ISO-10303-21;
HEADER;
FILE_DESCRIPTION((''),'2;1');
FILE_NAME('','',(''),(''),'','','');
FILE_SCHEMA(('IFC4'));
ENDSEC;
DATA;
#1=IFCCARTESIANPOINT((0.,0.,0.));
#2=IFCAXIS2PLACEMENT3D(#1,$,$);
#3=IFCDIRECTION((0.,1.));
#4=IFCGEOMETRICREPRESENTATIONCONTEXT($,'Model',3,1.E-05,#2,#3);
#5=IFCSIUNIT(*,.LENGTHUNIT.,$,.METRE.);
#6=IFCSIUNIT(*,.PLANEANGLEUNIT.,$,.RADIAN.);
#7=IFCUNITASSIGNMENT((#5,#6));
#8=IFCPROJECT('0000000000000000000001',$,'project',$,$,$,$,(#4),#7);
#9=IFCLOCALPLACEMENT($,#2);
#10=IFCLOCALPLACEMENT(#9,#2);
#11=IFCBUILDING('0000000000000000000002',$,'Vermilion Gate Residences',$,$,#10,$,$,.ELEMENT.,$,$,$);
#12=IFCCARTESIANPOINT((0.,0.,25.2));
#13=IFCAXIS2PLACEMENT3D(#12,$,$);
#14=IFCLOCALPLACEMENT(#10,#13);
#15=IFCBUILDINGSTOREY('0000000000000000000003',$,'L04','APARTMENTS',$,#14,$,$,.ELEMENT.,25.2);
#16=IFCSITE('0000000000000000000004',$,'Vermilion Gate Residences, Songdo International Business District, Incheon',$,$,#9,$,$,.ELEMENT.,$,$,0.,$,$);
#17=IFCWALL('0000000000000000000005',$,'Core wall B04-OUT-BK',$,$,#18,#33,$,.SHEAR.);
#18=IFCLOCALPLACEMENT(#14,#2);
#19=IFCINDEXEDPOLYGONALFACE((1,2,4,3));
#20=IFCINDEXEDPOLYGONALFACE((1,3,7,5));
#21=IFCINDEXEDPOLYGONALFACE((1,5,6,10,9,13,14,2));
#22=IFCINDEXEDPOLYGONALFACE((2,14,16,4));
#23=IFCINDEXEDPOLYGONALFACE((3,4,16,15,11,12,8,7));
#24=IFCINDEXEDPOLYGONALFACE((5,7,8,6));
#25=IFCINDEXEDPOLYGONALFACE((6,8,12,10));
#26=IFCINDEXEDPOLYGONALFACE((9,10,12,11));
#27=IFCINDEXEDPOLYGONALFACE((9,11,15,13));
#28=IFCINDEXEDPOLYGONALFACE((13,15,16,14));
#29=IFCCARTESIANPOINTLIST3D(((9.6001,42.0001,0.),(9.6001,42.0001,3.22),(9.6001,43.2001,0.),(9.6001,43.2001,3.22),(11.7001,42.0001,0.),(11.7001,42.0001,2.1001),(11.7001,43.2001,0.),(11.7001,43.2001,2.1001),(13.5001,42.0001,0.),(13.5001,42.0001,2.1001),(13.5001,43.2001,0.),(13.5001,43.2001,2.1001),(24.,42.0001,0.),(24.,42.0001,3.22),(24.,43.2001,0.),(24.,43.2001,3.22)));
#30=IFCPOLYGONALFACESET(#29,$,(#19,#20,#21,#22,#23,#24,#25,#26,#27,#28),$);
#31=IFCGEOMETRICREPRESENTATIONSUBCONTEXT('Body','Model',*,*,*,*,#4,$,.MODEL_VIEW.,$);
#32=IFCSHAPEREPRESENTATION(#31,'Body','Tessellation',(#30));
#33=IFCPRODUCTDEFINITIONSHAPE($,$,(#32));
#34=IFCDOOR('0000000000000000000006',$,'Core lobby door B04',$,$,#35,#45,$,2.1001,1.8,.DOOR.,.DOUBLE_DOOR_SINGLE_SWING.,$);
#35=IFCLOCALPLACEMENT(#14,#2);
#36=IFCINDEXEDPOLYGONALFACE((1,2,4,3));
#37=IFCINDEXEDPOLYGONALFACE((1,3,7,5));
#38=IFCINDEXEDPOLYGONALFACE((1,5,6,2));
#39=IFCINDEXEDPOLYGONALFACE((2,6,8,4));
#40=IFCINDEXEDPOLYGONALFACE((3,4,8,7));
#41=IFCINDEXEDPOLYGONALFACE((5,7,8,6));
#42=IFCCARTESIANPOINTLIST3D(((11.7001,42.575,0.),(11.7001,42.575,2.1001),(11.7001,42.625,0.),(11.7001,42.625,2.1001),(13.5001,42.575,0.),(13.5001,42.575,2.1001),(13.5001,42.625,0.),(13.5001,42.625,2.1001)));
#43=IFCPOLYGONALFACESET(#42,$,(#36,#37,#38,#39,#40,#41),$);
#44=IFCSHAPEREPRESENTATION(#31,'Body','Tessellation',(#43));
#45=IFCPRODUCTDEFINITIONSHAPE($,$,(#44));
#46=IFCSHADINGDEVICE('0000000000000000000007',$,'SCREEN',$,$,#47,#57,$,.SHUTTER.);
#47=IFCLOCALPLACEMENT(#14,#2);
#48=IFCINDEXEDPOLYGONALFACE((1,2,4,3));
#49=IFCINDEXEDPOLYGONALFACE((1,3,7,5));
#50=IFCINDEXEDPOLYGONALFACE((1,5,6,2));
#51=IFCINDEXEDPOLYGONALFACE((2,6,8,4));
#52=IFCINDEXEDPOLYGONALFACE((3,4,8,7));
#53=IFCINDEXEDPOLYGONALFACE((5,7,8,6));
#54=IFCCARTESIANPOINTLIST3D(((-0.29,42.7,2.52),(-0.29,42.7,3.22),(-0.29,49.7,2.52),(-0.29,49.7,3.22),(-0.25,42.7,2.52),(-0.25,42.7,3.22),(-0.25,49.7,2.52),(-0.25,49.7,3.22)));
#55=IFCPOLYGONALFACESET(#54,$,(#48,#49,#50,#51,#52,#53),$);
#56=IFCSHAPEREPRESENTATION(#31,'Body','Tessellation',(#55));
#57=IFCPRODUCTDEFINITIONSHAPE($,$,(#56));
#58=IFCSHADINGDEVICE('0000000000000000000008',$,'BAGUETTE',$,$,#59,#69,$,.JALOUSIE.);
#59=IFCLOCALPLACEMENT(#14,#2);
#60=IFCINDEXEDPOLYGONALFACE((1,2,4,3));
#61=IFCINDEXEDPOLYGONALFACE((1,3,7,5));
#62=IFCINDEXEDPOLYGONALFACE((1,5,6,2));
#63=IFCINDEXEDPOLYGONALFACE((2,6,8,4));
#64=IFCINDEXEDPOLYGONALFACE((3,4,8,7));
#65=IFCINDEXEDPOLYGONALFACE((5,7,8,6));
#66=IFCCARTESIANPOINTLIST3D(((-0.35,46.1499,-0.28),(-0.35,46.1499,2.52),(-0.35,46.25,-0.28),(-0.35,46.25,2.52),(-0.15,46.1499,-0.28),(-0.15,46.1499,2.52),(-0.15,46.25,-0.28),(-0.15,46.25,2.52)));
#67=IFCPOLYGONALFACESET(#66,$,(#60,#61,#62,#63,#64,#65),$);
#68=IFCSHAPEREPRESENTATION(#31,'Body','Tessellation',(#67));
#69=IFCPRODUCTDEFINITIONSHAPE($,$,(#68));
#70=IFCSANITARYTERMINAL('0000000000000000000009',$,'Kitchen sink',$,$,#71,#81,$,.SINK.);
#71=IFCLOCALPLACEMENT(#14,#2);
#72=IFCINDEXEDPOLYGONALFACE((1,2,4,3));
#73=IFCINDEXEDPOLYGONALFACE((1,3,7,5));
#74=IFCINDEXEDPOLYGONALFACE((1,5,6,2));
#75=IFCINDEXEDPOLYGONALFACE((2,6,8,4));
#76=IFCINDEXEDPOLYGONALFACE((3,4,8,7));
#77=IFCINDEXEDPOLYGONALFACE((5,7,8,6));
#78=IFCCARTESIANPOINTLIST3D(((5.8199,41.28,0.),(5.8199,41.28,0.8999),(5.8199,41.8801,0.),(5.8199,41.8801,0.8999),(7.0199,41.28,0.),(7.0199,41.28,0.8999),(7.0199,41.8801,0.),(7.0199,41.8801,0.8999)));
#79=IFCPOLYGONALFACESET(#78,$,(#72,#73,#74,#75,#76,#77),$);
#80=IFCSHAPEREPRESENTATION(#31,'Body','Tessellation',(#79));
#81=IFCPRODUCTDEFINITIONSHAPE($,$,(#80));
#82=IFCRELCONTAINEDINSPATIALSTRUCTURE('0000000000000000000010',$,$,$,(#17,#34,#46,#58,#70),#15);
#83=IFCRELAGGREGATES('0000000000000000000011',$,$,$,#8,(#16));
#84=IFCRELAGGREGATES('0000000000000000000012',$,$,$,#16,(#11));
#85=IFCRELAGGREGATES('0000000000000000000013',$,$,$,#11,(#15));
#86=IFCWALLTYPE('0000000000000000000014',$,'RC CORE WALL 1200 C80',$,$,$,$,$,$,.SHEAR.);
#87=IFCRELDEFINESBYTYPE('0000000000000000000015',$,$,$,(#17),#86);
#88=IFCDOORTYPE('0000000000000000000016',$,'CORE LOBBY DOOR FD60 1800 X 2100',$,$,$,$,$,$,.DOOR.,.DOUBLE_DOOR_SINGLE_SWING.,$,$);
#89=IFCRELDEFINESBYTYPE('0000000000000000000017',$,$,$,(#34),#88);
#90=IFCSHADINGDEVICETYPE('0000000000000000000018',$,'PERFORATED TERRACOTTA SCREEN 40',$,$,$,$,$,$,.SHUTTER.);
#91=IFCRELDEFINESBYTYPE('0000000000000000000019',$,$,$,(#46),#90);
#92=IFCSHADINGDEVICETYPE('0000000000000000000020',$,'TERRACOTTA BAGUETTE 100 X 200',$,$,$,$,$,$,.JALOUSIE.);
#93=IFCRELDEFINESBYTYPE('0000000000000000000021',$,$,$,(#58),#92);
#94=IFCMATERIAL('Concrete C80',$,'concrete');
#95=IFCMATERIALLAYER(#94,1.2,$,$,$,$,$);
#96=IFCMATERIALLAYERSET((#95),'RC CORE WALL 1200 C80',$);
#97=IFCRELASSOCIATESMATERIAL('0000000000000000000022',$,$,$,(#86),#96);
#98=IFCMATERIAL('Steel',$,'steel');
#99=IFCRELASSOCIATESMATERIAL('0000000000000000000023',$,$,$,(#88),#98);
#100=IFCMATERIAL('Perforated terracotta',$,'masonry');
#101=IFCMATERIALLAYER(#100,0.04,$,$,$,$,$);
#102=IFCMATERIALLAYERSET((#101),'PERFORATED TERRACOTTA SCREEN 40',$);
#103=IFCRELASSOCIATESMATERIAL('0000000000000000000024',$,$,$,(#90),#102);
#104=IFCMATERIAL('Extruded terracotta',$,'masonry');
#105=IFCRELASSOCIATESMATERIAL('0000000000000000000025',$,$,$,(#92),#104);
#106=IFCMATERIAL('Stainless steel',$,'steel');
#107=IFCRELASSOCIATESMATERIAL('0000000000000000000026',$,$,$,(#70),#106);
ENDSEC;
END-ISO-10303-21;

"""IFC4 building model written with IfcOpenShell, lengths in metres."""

from ifc_helpers import new_model, si_unit, direction, frame, frame_2d, origin, origin_2d, place, context, subcontext, project, spatial, rectangle, extrude, material, layer, layer_set, material_profile, profile_set, type_object, element, fill, save


model = new_model("IFC4")

# Units and contexts
model_context = context("Model", 3, precision=1e-05, world=origin(), true_north=direction((0.0, 1.0)))
body_context = subcontext(model_context, "Body", "Model", "MODEL_VIEW")
ifc_project = project(units=[si_unit("LENGTHUNIT", "METRE"), si_unit("PLANEANGLEUNIT", "RADIAN")], contexts=[model_context])

# Site, building, storey
site_placement = place(None, origin())
site = spatial("IfcSite", under=ifc_project, at=site_placement, Name="Vermilion Gate Residences, Songdo International Business District, Incheon", CompositionType="ELEMENT", RefElevation=0.0)
building_placement = place(site_placement, origin())
building = spatial("IfcBuilding", under=site, at=building_placement, Name="Vermilion Gate Residences", CompositionType="ELEMENT")
storey_placement = place(building_placement, frame((0.0, 0.0, 25.2)))
storey = spatial("IfcBuildingStorey", under=building, at=storey_placement, Name="L04", Description="APARTMENTS", CompositionType="ELEMENT", Elevation=25.2)

# Wall, opening, door
ifc_material_1 = material(Name="Concrete C80", Category="concrete")
ifc_layer_1 = layer(ifc_material_1, 1.2)
ifc_layer_set_1 = layer_set([ifc_layer_1], Name="RC CORE WALL 1200 C80")
wall_type_1 = type_object("IfcWallType", Name="RC CORE WALL 1200 C80", PredefinedType="SHEAR", material=ifc_layer_set_1)
wall_1_placement = place(storey_placement, frame((9.6001, 42.6001, 0.0), z_axis=(0.0, 0.0, 1.0), x_axis=(1.0, 0.0, 0.0)))
wall_1 = element("IfcWall", 1, at=wall_1_placement, inside=storey, type_object=wall_type_1, Name="Core wall B04-OUT-BK", PredefinedType="SHEAR", context=body_context, shape_type="SweptSolid", body=[
    extrude(rectangle(XDim=14.3999, YDim=1.2, at=frame_2d((7.2, 0.0))), origin(), (0.0, 0.0, 1.0), 3.22),
])
opening_1_placement = place(wall_1_placement, frame((2.1001, 0.0, 0.0)))
opening_1 = element("IfcOpeningElement", 2, at=opening_1_placement, cuts=wall_1, PredefinedType="OPENING", context=body_context, shape_type="SweptSolid", body=[
    extrude(rectangle(XDim=1.8, YDim=2.1001, at=frame_2d((0.8999, 1.05))), frame((0.0, 0.6099, 0.0), z_axis=(0.0, -1.0, 0.0), x_axis=(1.0, 0.0, 0.0)), (0.0, 0.0, 1.0), 1.22),
])
ifc_material_2 = material(Name="Steel", Category="steel")
door_type_1 = type_object("IfcDoorType", Name="CORE LOBBY DOOR FD60 1800 X 2100", OperationType="DOUBLE_DOOR_SINGLE_SWING", PredefinedType="DOOR", material=ifc_material_2)
door_1_placement = place(opening_1_placement, origin())
door_1 = element("IfcDoor", 3, at=door_1_placement, inside=storey, type_object=door_type_1, Name="Core lobby door B04", OperationType="DOUBLE_DOOR_SINGLE_SWING", OverallHeight=2.1001, OverallWidth=1.8, PredefinedType="DOOR", context=body_context, shape_type="SweptSolid", body=[
    extrude(rectangle(XDim=1.8, YDim=2.1001, at=frame_2d((0.8999, 1.05))), frame((0.0, 0.0249, 0.0), z_axis=(0.0, -1.0, 0.0), x_axis=(1.0, 0.0, 0.0)), (0.0, 0.0, 1.0), 0.05),
])
fill(opening_1, door_1)

# Shading devices
ifc_material_3 = material(Name="Perforated terracotta", Category="masonry")
ifc_layer_2 = layer(ifc_material_3, 0.04)
ifc_layer_set_2 = layer_set([ifc_layer_2], Name="PERFORATED TERRACOTTA SCREEN 40")
shading_device_type_1 = type_object("IfcShadingDeviceType", Name="PERFORATED TERRACOTTA SCREEN 40", PredefinedType="SHUTTER", material=ifc_layer_set_2)
shading_device_1_placement = place(storey_placement, frame((-0.27, 46.2, 2.52), z_axis=(0.0, 0.0, 1.0), x_axis=(0.0, -1.0, 0.0)))
element("IfcShadingDevice", 4, at=shading_device_1_placement, inside=storey, type_object=shading_device_type_1, Name="SCREEN", PredefinedType="SHUTTER", context=body_context, shape_type="SweptSolid", body=[
    extrude(rectangle(XDim=7.0, YDim=0.04, at=origin_2d()), origin(), (0.0, 0.0, 1.0), 0.7),
])
ifc_material_4 = material(Name="Extruded terracotta", Category="masonry")
ifc_material_profile_1 = material_profile(ifc_material_4, rectangle(XDim=0.2, YDim=0.1001, at=origin_2d()), Name="BAGUETTE 100 X 200")
ifc_profile_set_1 = profile_set([ifc_material_profile_1], Name="Extruded terracotta")
shading_device_type_2 = type_object("IfcShadingDeviceType", Name="TERRACOTTA BAGUETTE 100 X 200", PredefinedType="JALOUSIE", material=ifc_profile_set_1)
shading_device_2_placement = place(storey_placement, frame((-0.25, 46.2, -0.28), z_axis=(0.0, 0.0, 1.0), x_axis=(1.0, 0.0, 0.0)))
element("IfcShadingDevice", 5, at=shading_device_2_placement, inside=storey, type_object=shading_device_type_2, Name="BAGUETTE", PredefinedType="JALOUSIE", context=body_context, shape_type="SweptSolid", body=[
    extrude(rectangle(XDim=0.2, YDim=0.1001, at=origin_2d()), origin(), (0.0, 0.0, 1.0), 2.8),
])

# Sanitary terminal
ifc_material_5 = material(Name="Stainless steel", Category="steel")
sanitary_terminal_placement = place(storey_placement, frame((6.4199, 41.5801, 0.0), z_axis=(0.0, 0.0, 1.0), x_axis=(1.0, 0.0, 0.0)))
element("IfcSanitaryTerminal", 6, at=sanitary_terminal_placement, inside=storey, material=ifc_material_5, Name="Kitchen sink", PredefinedType="SINK", context=body_context, shape_type="SweptSolid", body=[
    extrude(rectangle(XDim=1.2, YDim=0.6001, at=origin_2d()), origin(), (0.0, 0.0, 1.0), 0.8999),
])

save(model, "model.ifc")
